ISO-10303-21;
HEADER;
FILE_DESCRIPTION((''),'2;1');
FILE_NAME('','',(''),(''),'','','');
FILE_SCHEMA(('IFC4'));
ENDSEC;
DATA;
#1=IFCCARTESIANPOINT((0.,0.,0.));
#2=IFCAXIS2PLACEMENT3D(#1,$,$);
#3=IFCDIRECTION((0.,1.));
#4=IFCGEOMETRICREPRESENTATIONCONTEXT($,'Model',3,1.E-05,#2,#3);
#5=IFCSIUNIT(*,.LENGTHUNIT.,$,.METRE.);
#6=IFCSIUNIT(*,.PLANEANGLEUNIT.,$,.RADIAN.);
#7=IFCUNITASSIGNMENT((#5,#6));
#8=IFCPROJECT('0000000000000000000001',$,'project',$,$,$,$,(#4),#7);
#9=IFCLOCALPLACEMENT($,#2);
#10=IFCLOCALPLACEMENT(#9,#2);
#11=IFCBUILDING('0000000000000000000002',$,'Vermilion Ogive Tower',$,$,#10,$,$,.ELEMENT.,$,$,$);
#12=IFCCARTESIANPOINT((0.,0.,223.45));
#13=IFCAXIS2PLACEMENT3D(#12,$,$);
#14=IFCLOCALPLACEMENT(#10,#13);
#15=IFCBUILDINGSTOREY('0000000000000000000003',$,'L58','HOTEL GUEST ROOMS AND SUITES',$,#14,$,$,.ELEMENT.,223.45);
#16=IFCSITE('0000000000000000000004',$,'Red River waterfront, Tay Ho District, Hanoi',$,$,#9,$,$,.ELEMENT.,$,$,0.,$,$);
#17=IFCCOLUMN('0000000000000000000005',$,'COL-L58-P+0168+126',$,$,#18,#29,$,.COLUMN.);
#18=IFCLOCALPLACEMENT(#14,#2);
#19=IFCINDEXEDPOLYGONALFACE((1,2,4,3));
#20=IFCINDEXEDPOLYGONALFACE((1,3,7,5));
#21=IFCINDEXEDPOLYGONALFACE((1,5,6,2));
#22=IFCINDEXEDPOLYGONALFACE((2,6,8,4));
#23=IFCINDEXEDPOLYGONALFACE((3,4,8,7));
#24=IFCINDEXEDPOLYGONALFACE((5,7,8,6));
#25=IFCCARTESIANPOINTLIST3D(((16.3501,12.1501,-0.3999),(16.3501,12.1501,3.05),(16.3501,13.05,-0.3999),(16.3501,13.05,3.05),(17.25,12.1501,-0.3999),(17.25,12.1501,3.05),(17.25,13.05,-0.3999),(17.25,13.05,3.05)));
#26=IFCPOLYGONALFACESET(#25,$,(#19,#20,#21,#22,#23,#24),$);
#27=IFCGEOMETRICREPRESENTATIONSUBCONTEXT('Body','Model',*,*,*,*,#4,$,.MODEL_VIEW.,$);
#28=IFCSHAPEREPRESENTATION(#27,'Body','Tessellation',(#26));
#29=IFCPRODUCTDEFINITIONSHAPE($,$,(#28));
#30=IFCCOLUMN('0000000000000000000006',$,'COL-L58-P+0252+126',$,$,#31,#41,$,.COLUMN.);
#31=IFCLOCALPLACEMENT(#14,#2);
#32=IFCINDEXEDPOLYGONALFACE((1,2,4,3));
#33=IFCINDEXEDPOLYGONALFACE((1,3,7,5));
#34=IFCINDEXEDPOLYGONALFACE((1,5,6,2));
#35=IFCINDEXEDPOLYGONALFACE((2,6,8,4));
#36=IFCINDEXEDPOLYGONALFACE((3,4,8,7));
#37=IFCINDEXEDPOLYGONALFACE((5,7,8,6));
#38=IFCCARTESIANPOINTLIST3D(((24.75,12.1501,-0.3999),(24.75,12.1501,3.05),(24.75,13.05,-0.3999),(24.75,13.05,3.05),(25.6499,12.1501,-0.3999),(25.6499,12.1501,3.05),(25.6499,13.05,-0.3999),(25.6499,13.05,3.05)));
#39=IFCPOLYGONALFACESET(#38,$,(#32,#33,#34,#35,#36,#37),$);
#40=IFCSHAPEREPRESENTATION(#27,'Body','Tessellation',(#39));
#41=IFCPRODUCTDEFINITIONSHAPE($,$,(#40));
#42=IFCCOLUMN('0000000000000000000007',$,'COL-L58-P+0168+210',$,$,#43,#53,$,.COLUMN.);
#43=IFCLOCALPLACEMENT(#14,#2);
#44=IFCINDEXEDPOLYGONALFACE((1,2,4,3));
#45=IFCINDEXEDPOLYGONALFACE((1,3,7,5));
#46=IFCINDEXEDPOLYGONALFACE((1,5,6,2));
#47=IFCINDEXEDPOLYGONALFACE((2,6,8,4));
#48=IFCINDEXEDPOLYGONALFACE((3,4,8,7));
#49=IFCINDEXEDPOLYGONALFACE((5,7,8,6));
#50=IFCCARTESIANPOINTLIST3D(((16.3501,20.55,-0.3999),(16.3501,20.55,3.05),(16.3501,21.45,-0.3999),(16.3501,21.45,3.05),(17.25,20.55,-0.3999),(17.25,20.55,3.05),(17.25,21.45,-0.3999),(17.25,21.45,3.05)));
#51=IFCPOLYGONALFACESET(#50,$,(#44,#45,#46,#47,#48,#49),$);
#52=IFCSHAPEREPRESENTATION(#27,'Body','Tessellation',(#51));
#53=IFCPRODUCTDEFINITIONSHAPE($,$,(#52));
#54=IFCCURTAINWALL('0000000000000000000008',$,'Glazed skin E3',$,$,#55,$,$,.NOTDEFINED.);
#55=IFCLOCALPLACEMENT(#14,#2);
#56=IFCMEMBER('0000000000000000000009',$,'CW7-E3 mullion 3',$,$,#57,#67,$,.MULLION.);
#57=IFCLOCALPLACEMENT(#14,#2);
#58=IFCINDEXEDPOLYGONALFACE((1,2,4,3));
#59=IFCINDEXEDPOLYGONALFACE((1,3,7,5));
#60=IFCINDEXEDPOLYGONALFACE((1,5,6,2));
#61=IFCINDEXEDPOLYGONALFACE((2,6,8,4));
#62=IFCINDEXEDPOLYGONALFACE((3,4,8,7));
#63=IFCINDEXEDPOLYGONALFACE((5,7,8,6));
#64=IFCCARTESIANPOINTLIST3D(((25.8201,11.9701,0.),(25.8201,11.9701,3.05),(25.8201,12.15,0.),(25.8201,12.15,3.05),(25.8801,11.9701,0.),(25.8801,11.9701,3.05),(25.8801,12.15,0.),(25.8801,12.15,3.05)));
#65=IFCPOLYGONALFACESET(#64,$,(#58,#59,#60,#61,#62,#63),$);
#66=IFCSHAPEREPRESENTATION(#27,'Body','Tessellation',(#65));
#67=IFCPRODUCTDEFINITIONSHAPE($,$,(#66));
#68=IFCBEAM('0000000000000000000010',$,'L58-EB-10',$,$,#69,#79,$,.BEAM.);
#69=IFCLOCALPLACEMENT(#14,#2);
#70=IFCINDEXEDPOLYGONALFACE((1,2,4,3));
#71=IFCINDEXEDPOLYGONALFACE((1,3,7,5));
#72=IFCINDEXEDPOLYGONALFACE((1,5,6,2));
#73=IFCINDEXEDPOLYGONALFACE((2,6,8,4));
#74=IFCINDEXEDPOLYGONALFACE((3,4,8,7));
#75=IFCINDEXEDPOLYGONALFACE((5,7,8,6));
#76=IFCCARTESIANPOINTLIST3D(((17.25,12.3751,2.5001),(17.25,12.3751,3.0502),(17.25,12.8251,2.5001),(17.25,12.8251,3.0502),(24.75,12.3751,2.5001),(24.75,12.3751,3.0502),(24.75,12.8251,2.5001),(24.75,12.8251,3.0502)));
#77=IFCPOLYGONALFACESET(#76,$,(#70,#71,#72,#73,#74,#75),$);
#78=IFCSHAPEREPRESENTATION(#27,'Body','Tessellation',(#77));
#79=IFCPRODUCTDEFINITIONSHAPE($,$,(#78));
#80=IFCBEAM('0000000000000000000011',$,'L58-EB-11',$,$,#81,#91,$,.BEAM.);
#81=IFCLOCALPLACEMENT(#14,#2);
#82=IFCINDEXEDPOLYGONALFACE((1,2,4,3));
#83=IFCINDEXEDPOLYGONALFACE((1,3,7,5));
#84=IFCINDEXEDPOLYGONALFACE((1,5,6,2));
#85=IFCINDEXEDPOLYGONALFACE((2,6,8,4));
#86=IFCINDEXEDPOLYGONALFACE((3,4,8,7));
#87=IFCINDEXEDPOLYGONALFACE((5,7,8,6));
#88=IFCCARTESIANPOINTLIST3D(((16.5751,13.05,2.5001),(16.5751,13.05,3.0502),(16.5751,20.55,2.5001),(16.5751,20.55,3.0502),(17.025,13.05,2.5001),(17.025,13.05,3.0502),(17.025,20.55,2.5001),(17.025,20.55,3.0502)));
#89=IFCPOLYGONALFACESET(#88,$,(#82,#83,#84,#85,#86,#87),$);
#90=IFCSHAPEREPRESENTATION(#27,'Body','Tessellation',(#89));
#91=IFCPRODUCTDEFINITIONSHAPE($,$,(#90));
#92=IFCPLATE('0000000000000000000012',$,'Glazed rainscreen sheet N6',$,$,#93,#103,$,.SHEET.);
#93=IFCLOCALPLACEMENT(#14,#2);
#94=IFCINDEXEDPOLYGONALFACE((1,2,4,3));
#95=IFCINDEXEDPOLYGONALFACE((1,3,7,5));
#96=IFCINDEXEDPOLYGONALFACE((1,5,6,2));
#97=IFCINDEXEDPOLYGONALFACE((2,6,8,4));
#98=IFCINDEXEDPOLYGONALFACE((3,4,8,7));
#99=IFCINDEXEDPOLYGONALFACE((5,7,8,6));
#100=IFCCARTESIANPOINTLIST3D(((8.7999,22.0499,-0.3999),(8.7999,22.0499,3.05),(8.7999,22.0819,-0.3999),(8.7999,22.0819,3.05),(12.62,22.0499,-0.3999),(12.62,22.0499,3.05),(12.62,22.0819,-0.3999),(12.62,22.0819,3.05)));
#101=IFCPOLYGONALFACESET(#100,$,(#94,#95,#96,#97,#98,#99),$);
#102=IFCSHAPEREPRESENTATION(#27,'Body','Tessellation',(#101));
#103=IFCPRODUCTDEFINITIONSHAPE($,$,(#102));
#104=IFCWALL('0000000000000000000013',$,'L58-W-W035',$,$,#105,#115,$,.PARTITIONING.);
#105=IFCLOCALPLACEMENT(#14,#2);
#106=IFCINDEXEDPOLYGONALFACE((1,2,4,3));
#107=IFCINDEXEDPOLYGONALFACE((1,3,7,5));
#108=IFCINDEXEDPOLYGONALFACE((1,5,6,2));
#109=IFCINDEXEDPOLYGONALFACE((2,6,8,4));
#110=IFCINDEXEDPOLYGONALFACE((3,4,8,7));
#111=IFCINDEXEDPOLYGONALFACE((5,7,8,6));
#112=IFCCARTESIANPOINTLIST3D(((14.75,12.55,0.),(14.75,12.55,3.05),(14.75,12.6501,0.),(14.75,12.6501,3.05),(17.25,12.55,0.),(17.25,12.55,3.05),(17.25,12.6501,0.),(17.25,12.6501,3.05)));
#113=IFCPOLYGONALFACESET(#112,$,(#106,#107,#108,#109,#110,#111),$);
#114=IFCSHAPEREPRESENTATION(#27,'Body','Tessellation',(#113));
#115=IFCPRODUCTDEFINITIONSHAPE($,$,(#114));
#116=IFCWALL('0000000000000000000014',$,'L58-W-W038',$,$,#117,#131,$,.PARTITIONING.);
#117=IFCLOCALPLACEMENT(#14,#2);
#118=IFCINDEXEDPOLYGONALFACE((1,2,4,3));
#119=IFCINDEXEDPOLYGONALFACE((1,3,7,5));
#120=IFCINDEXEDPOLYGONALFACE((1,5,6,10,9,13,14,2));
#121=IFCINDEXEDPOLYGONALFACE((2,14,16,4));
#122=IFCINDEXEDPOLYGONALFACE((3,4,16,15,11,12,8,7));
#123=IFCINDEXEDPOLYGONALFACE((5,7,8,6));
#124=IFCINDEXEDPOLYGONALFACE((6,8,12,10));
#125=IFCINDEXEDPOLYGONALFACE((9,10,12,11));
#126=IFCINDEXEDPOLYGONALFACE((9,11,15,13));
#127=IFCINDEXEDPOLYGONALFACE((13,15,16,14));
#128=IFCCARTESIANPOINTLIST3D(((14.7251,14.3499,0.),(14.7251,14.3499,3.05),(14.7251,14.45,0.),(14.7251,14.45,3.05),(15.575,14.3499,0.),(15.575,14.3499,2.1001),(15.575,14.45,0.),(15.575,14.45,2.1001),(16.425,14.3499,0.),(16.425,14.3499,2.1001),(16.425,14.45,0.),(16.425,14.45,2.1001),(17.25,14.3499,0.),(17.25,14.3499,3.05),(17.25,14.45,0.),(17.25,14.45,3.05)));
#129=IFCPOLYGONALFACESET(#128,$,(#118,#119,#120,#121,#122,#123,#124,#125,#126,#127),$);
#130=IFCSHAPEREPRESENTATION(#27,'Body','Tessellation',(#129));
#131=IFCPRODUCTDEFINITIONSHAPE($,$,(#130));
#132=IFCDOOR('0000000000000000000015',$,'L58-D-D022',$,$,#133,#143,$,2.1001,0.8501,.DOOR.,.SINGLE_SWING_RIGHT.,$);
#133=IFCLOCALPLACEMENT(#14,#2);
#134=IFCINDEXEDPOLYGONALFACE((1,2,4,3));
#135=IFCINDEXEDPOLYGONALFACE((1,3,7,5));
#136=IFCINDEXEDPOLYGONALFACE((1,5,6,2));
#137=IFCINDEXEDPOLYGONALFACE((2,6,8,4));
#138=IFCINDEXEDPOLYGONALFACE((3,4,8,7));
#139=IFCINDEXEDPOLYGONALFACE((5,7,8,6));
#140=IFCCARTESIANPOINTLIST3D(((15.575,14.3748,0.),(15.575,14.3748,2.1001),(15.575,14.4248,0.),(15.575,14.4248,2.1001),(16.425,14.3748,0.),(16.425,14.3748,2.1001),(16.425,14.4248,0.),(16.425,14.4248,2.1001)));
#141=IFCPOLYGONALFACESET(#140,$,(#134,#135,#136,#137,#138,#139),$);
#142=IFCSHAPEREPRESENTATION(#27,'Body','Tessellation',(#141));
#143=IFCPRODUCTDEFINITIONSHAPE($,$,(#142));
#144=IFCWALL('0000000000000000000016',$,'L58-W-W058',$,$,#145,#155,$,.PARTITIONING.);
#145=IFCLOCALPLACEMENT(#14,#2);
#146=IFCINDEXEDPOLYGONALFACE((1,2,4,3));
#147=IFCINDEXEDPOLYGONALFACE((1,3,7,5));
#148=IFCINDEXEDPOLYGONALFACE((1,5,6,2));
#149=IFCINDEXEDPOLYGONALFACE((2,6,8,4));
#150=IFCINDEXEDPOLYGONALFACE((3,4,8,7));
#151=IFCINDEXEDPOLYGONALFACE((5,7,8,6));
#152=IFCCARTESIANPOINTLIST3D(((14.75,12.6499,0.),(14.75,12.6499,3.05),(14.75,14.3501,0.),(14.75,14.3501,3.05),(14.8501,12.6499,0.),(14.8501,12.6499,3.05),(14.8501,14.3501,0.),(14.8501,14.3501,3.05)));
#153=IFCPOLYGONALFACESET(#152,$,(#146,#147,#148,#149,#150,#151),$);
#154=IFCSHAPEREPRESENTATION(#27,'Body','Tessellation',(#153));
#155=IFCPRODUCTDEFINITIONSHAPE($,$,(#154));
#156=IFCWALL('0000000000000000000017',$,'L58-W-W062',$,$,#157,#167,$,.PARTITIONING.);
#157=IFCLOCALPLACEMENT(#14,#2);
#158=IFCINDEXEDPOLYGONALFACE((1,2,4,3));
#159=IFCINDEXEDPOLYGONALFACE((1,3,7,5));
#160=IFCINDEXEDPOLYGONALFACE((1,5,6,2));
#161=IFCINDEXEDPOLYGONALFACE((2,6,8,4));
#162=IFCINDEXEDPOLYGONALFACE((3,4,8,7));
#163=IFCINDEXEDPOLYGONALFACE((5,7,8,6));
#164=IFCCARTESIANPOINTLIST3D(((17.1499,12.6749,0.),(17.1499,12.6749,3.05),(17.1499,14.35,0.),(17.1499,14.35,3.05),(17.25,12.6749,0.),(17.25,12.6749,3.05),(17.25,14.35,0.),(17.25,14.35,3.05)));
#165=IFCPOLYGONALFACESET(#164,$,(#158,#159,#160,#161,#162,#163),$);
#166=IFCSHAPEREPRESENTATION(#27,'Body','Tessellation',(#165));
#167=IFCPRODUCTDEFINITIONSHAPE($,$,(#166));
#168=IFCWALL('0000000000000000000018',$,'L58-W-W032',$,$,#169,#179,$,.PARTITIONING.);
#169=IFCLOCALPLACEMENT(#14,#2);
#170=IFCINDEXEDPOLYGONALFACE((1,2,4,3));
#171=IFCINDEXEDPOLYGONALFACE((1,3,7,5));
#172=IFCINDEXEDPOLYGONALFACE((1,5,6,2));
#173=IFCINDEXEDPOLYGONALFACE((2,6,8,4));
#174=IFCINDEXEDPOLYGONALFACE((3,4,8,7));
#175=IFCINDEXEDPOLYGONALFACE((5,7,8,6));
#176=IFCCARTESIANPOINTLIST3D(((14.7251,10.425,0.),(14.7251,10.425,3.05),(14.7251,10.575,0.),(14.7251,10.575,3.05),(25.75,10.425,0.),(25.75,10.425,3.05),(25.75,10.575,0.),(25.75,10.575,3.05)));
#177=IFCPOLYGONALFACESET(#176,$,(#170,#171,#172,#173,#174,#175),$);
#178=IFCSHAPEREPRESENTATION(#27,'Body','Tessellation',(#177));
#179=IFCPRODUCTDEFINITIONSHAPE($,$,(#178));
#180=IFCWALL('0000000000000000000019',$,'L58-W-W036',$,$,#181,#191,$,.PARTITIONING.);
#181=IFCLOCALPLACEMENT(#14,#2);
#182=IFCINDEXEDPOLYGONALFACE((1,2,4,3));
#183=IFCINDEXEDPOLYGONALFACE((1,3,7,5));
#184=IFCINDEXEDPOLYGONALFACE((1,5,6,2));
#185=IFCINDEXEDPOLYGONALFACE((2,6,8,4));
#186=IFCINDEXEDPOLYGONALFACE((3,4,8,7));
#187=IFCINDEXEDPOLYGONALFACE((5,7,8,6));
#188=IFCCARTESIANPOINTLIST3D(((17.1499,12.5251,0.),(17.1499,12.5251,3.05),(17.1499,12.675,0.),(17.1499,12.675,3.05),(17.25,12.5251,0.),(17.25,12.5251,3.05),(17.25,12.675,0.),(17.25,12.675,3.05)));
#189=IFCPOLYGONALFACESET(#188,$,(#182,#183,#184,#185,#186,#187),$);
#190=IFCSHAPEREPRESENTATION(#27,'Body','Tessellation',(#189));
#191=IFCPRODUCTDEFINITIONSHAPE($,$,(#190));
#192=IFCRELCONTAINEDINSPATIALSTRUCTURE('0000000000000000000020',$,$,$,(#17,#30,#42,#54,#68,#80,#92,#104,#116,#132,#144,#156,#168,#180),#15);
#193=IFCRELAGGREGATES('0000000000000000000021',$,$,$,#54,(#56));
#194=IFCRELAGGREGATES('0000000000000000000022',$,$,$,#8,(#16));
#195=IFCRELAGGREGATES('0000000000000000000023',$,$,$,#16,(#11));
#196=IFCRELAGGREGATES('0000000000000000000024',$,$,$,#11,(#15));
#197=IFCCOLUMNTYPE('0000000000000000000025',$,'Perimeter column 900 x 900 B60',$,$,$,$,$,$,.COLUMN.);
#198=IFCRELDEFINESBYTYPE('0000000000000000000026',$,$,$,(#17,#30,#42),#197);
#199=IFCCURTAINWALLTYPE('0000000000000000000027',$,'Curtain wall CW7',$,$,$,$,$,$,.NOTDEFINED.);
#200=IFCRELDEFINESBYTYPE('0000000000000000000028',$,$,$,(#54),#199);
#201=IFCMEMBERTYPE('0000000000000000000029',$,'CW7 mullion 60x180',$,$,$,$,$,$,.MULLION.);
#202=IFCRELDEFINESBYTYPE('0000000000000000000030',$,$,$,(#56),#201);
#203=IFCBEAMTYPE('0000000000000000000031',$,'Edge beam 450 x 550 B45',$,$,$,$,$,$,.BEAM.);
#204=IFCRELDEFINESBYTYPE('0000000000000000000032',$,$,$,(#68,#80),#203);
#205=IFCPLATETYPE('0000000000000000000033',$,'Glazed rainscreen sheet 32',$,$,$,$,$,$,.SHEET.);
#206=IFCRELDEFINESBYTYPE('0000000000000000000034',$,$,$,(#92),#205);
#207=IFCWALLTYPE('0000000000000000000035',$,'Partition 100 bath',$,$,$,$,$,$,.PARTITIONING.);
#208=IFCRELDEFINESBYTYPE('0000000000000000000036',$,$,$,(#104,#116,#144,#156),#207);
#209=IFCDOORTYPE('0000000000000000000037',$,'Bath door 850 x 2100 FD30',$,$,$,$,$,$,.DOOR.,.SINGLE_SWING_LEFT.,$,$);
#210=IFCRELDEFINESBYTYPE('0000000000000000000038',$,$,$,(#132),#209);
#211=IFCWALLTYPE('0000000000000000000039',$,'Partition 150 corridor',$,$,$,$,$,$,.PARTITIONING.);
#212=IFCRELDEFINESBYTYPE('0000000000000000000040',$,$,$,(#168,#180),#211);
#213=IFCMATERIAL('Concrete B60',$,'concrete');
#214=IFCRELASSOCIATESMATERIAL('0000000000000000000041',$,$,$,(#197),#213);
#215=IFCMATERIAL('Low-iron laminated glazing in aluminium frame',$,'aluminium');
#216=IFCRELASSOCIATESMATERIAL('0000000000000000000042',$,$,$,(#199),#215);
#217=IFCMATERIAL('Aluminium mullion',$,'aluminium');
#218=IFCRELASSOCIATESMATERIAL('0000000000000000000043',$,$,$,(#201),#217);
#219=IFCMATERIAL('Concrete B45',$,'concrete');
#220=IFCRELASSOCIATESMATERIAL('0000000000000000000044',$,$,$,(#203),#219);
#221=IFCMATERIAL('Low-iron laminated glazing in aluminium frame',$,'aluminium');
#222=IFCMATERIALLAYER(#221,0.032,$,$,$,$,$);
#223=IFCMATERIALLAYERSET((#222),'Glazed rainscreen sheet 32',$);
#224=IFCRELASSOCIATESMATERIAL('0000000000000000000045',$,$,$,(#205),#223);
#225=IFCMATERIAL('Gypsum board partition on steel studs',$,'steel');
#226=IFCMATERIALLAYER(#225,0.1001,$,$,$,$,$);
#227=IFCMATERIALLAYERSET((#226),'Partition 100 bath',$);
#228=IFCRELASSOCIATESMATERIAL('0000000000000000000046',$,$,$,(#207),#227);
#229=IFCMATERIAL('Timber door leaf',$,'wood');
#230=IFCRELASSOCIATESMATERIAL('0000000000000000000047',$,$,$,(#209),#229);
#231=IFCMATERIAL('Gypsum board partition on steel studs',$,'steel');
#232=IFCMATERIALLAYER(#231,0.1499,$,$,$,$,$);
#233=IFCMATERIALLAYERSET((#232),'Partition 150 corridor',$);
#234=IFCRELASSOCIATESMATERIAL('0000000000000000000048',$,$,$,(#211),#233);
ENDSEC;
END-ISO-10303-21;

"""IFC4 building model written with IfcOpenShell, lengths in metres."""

from ifc_helpers import new_model, si_unit, direction, frame, frame_2d, origin, origin_2d, place, context, subcontext, project, spatial, rectangle, extrude, material, layer, layer_set, material_profile, profile_set, type_object, element, fill, aggregate, save


model = new_model("IFC4")

# Units and contexts
model_context = context("Model", 3, precision=1e-05, world=origin(), true_north=direction((0.0, 1.0)))
body_context = subcontext(model_context, "Body", "Model", "MODEL_VIEW")
ifc_project = project(units=[si_unit("LENGTHUNIT", "METRE"), si_unit("PLANEANGLEUNIT", "RADIAN")], contexts=[model_context])

# Site, building, storey
site_placement = place(None, origin())
site = spatial("IfcSite", under=ifc_project, at=site_placement, Name="Red River waterfront, Tay Ho District, Hanoi", CompositionType="ELEMENT", RefElevation=0.0)
building_placement = place(site_placement, origin())
building = spatial("IfcBuilding", under=site, at=building_placement, Name="Vermilion Ogive Tower", CompositionType="ELEMENT")
storey_placement = place(building_placement, frame((0.0, 0.0, 223.45)))
storey = spatial("IfcBuildingStorey", under=building, at=storey_placement, Name="L58", Description="HOTEL GUEST ROOMS AND SUITES", CompositionType="ELEMENT", Elevation=223.45)

# Columns
ifc_material_1 = material(Name="Concrete B60", Category="concrete")
ifc_material_profile_1 = material_profile(ifc_material_1, rectangle(XDim=0.8999, YDim=0.8999, at=origin_2d()), Name="900 x 900")
ifc_profile_set_1 = profile_set([ifc_material_profile_1], Name="Concrete B60")
column_type = type_object("IfcColumnType", Name="Perimeter column 900 x 900 B60", PredefinedType="COLUMN", material=ifc_profile_set_1)
for number, where, z_axis, x_axis, name in (
    (1, (16.8, 12.6001, -0.3999), (0.0, 0.0, 1.0), (1.0, 0.0, 0.0), "COL-L58-P+0168+126"),
    (2, (25.2, 12.6001, -0.3999), (0.0, 0.0, 1.0), (1.0, 0.0, 0.0), "COL-L58-P+0252+126"),
    (3, (16.8, 21.0, -0.3999), (0.0, 0.0, 1.0), (1.0, 0.0, 0.0), "COL-L58-P+0168+210"),
):
    element("IfcColumn", number, at=place(storey_placement, frame(where, z_axis=z_axis, x_axis=x_axis)), inside=storey, type_object=column_type, Name=name, PredefinedType="COLUMN", context=body_context, shape_type="SweptSolid", body=[
        extrude(rectangle(XDim=0.8999, YDim=0.8999, at=origin_2d()), origin(), (0.0, 0.0, 1.0), 3.45),
    ])

# Curtain wall, member
ifc_material_2 = material(Name="Low-iron laminated glazing in aluminium frame", Category="aluminium")
curtain_wall_type = type_object("IfcCurtainWallType", Name="Curtain wall CW7", PredefinedType="NOTDEFINED", material=ifc_material_2)
curtain_wall_placement = place(storey_placement, origin())
curtain_wall = element("IfcCurtainWall", 4, at=curtain_wall_placement, inside=storey, type_object=curtain_wall_type, Name="Glazed skin E3", PredefinedType="NOTDEFINED")
ifc_material_3 = material(Name="Aluminium mullion", Category="aluminium")
ifc_material_profile_2 = material_profile(ifc_material_3, rectangle(XDim=0.0601, YDim=0.1799, at=origin_2d()), Name="AL 60x180")
ifc_profile_set_2 = profile_set([ifc_material_profile_2], Name="Aluminium mullion")
member_type = type_object("IfcMemberType", Name="CW7 mullion 60x180", PredefinedType="MULLION", material=ifc_profile_set_2)
member_placement = place(storey_placement, frame((25.8501, 12.0601, 0.0), z_axis=(0.0, 0.0, 1.0), x_axis=(-1.0, 0.0, 0.0)))
member = element("IfcMember", 5, at=member_placement, type_object=member_type, Name="CW7-E3 mullion 3", PredefinedType="MULLION", context=body_context, shape_type="SweptSolid", body=[
    extrude(rectangle(XDim=0.0601, YDim=0.1799, at=origin_2d()), origin(), (0.0, 0.0, 1.0), 3.05),
])
aggregate(curtain_wall, [member])

# Beams
ifc_material_4 = material(Name="Concrete B45", Category="concrete")
ifc_material_profile_3 = material_profile(ifc_material_4, rectangle(XDim=0.45, YDim=0.55, at=origin_2d()), Name="450 x 550")
ifc_profile_set_3 = profile_set([ifc_material_profile_3], Name="Concrete B45")
beam_type = type_object("IfcBeamType", Name="Edge beam 450 x 550 B45", PredefinedType="BEAM", material=ifc_profile_set_3)
for number, where, z_axis, x_axis, name in (
    (6, (24.75, 12.6001, 2.7751), (-1.0, 0.0, 0.0), (0.0, -1.0, 0.0), "L58-EB-10"),
    (7, (16.8, 13.05, 2.7751), (0.0, 1.0, 0.0), (-1.0, 0.0, 0.0), "L58-EB-11"),
):
    element("IfcBeam", number, at=place(storey_placement, frame(where, z_axis=z_axis, x_axis=x_axis)), inside=storey, type_object=beam_type, Name=name, PredefinedType="BEAM", context=body_context, shape_type="SweptSolid", body=[
        extrude(rectangle(XDim=0.45, YDim=0.55, at=origin_2d()), origin(), (0.0, 0.0, 1.0), 7.5),
    ])

# Plate
ifc_material_5 = material(Name="Low-iron laminated glazing in aluminium frame", Category="aluminium")
ifc_layer_1 = layer(ifc_material_5, 0.032)
ifc_layer_set_1 = layer_set([ifc_layer_1], Name="Glazed rainscreen sheet 32")
plate_type = type_object("IfcPlateType", Name="Glazed rainscreen sheet 32", PredefinedType="SHEET", material=ifc_layer_set_1)
plate_placement = place(storey_placement, frame((10.71, 22.0659, -0.3999), z_axis=(0.0, 0.0, 1.0), x_axis=(1.0, 0.0, 0.0)))
element("IfcPlate", 8, at=plate_placement, inside=storey, type_object=plate_type, Name="Glazed rainscreen sheet N6", PredefinedType="SHEET", context=body_context, shape_type="SweptSolid", body=[
    extrude(rectangle(XDim=3.8201, YDim=0.032, at=origin_2d()), origin(), (0.0, 0.0, 1.0), 3.45),
])

# Wall
ifc_material_6 = material(Name="Gypsum board partition on steel studs", Category="steel")
ifc_layer_2 = layer(ifc_material_6, 0.1001)
ifc_layer_set_2 = layer_set([ifc_layer_2], Name="Partition 100 bath")
wall_type_1 = type_object("IfcWallType", Name="Partition 100 bath", PredefinedType="PARTITIONING", material=ifc_layer_set_2)
wall_1_placement = place(storey_placement, frame((14.75, 12.6001, 0.0), z_axis=(0.0, 0.0, 1.0), x_axis=(1.0, 0.0, 0.0)))
element("IfcWall", 9, at=wall_1_placement, inside=storey, type_object=wall_type_1, Name="L58-W-W035", PredefinedType="PARTITIONING", context=body_context, shape_type="SweptSolid", body=[
    extrude(rectangle(XDim=2.5, YDim=0.1001, at=frame_2d((1.25, 0.0))), origin(), (0.0, 0.0, 1.0), 3.05),
])

# Wall, opening, door
wall_2_placement = place(storey_placement, frame((14.7251, 14.3999, 0.0), z_axis=(0.0, 0.0, 1.0), x_axis=(1.0, 0.0, 0.0)))
wall_2 = element("IfcWall", 10, at=wall_2_placement, inside=storey, type_object=wall_type_1, Name="L58-W-W038", PredefinedType="PARTITIONING", context=body_context, shape_type="SweptSolid", body=[
    extrude(rectangle(XDim=2.5249, YDim=0.1001, at=frame_2d((1.2625, 0.0))), origin(), (0.0, 0.0, 1.0), 3.05),
])
opening_1_placement = place(wall_2_placement, frame((0.8499, 0.0, 0.0)))
opening_1 = element("IfcOpeningElement", 11, at=opening_1_placement, cuts=wall_2, PredefinedType="OPENING", context=body_context, shape_type="SweptSolid", body=[
    extrude(rectangle(XDim=0.8501, YDim=2.1001, at=frame_2d((0.425, 1.05))), frame((0.0, 0.0601, 0.0), z_axis=(0.0, -1.0, 0.0), x_axis=(1.0, 0.0, 0.0)), (0.0, 0.0, 1.0), 0.1201),
])
ifc_material_7 = material(Name="Timber door leaf", Category="wood")
door_type_1 = type_object("IfcDoorType", Name="Bath door 850 x 2100 FD30", OperationType="SINGLE_SWING_LEFT", PredefinedType="DOOR", material=ifc_material_7)
door_1_placement = place(opening_1_placement, origin())
door_1 = element("IfcDoor", 12, at=door_1_placement, inside=storey, type_object=door_type_1, Name="L58-D-D022", OperationType="SINGLE_SWING_RIGHT", OverallHeight=2.1001, OverallWidth=0.8501, PredefinedType="DOOR", context=body_context, shape_type="SweptSolid", body=[
    extrude(rectangle(XDim=0.8501, YDim=2.1001, at=frame_2d((0.425, 1.05))), frame((0.0, 0.0249, 0.0), z_axis=(0.0, -1.0, 0.0), x_axis=(1.0, 0.0, 0.0)), (0.0, 0.0, 1.0), 0.05),
])
fill(opening_1, door_1)

# Walls
wall_3_placement = place(storey_placement, frame((14.8, 12.6499, 0.0), z_axis=(0.0, 0.0, 1.0), x_axis=(0.0, 1.0, 0.0)))
element("IfcWall", 13, at=wall_3_placement, inside=storey, type_object=wall_type_1, Name="L58-W-W058", PredefinedType="PARTITIONING", context=body_context, shape_type="SweptSolid", body=[
    extrude(rectangle(XDim=1.7002, YDim=0.1001, at=frame_2d((0.8501, 0.0))), origin(), (0.0, 0.0, 1.0), 3.05),
])
wall_4_placement = place(storey_placement, frame((17.2, 12.675, 0.0), z_axis=(0.0, 0.0, 1.0), x_axis=(0.0, 1.0, 0.0)))
element("IfcWall", 14, at=wall_4_placement, inside=storey, type_object=wall_type_1, Name="L58-W-W062", PredefinedType="PARTITIONING", context=body_context, shape_type="SweptSolid", body=[
    extrude(rectangle(XDim=1.675, YDim=0.1001, at=frame_2d((0.8374, 0.0))), origin(), (0.0, 0.0, 1.0), 3.05),
])
ifc_material_8 = material(Name="Gypsum board partition on steel studs", Category="steel")
ifc_layer_3 = layer(ifc_material_8, 0.1499)
ifc_layer_set_3 = layer_set([ifc_layer_3], Name="Partition 150 corridor")
wall_type_2 = type_object("IfcWallType", Name="Partition 150 corridor", PredefinedType="PARTITIONING", material=ifc_layer_set_3)
wall_5_placement = place(storey_placement, frame((14.7251, 10.5, 0.0), z_axis=(0.0, 0.0, 1.0), x_axis=(1.0, 0.0, 0.0)))
element("IfcWall", 15, at=wall_5_placement, inside=storey, type_object=wall_type_2, Name="L58-W-W032", PredefinedType="PARTITIONING", context=body_context, shape_type="SweptSolid", body=[
    extrude(rectangle(XDim=11.0249, YDim=0.1499, at=frame_2d((5.5125, 0.0))), origin(), (0.0, 0.0, 1.0), 3.05),
])
wall_6_placement = place(storey_placement, frame((17.1499, 12.6001, 0.0), z_axis=(0.0, 0.0, 1.0), x_axis=(1.0, 0.0, 0.0)))
element("IfcWall", 16, at=wall_6_placement, inside=storey, type_object=wall_type_2, Name="L58-W-W036", PredefinedType="PARTITIONING", context=body_context, shape_type="SweptSolid", body=[
    extrude(rectangle(XDim=0.1001, YDim=0.1499, at=frame_2d((0.05, 0.0))), origin(), (0.0, 0.0, 1.0), 3.05),
])

save(model, "model.ifc")
